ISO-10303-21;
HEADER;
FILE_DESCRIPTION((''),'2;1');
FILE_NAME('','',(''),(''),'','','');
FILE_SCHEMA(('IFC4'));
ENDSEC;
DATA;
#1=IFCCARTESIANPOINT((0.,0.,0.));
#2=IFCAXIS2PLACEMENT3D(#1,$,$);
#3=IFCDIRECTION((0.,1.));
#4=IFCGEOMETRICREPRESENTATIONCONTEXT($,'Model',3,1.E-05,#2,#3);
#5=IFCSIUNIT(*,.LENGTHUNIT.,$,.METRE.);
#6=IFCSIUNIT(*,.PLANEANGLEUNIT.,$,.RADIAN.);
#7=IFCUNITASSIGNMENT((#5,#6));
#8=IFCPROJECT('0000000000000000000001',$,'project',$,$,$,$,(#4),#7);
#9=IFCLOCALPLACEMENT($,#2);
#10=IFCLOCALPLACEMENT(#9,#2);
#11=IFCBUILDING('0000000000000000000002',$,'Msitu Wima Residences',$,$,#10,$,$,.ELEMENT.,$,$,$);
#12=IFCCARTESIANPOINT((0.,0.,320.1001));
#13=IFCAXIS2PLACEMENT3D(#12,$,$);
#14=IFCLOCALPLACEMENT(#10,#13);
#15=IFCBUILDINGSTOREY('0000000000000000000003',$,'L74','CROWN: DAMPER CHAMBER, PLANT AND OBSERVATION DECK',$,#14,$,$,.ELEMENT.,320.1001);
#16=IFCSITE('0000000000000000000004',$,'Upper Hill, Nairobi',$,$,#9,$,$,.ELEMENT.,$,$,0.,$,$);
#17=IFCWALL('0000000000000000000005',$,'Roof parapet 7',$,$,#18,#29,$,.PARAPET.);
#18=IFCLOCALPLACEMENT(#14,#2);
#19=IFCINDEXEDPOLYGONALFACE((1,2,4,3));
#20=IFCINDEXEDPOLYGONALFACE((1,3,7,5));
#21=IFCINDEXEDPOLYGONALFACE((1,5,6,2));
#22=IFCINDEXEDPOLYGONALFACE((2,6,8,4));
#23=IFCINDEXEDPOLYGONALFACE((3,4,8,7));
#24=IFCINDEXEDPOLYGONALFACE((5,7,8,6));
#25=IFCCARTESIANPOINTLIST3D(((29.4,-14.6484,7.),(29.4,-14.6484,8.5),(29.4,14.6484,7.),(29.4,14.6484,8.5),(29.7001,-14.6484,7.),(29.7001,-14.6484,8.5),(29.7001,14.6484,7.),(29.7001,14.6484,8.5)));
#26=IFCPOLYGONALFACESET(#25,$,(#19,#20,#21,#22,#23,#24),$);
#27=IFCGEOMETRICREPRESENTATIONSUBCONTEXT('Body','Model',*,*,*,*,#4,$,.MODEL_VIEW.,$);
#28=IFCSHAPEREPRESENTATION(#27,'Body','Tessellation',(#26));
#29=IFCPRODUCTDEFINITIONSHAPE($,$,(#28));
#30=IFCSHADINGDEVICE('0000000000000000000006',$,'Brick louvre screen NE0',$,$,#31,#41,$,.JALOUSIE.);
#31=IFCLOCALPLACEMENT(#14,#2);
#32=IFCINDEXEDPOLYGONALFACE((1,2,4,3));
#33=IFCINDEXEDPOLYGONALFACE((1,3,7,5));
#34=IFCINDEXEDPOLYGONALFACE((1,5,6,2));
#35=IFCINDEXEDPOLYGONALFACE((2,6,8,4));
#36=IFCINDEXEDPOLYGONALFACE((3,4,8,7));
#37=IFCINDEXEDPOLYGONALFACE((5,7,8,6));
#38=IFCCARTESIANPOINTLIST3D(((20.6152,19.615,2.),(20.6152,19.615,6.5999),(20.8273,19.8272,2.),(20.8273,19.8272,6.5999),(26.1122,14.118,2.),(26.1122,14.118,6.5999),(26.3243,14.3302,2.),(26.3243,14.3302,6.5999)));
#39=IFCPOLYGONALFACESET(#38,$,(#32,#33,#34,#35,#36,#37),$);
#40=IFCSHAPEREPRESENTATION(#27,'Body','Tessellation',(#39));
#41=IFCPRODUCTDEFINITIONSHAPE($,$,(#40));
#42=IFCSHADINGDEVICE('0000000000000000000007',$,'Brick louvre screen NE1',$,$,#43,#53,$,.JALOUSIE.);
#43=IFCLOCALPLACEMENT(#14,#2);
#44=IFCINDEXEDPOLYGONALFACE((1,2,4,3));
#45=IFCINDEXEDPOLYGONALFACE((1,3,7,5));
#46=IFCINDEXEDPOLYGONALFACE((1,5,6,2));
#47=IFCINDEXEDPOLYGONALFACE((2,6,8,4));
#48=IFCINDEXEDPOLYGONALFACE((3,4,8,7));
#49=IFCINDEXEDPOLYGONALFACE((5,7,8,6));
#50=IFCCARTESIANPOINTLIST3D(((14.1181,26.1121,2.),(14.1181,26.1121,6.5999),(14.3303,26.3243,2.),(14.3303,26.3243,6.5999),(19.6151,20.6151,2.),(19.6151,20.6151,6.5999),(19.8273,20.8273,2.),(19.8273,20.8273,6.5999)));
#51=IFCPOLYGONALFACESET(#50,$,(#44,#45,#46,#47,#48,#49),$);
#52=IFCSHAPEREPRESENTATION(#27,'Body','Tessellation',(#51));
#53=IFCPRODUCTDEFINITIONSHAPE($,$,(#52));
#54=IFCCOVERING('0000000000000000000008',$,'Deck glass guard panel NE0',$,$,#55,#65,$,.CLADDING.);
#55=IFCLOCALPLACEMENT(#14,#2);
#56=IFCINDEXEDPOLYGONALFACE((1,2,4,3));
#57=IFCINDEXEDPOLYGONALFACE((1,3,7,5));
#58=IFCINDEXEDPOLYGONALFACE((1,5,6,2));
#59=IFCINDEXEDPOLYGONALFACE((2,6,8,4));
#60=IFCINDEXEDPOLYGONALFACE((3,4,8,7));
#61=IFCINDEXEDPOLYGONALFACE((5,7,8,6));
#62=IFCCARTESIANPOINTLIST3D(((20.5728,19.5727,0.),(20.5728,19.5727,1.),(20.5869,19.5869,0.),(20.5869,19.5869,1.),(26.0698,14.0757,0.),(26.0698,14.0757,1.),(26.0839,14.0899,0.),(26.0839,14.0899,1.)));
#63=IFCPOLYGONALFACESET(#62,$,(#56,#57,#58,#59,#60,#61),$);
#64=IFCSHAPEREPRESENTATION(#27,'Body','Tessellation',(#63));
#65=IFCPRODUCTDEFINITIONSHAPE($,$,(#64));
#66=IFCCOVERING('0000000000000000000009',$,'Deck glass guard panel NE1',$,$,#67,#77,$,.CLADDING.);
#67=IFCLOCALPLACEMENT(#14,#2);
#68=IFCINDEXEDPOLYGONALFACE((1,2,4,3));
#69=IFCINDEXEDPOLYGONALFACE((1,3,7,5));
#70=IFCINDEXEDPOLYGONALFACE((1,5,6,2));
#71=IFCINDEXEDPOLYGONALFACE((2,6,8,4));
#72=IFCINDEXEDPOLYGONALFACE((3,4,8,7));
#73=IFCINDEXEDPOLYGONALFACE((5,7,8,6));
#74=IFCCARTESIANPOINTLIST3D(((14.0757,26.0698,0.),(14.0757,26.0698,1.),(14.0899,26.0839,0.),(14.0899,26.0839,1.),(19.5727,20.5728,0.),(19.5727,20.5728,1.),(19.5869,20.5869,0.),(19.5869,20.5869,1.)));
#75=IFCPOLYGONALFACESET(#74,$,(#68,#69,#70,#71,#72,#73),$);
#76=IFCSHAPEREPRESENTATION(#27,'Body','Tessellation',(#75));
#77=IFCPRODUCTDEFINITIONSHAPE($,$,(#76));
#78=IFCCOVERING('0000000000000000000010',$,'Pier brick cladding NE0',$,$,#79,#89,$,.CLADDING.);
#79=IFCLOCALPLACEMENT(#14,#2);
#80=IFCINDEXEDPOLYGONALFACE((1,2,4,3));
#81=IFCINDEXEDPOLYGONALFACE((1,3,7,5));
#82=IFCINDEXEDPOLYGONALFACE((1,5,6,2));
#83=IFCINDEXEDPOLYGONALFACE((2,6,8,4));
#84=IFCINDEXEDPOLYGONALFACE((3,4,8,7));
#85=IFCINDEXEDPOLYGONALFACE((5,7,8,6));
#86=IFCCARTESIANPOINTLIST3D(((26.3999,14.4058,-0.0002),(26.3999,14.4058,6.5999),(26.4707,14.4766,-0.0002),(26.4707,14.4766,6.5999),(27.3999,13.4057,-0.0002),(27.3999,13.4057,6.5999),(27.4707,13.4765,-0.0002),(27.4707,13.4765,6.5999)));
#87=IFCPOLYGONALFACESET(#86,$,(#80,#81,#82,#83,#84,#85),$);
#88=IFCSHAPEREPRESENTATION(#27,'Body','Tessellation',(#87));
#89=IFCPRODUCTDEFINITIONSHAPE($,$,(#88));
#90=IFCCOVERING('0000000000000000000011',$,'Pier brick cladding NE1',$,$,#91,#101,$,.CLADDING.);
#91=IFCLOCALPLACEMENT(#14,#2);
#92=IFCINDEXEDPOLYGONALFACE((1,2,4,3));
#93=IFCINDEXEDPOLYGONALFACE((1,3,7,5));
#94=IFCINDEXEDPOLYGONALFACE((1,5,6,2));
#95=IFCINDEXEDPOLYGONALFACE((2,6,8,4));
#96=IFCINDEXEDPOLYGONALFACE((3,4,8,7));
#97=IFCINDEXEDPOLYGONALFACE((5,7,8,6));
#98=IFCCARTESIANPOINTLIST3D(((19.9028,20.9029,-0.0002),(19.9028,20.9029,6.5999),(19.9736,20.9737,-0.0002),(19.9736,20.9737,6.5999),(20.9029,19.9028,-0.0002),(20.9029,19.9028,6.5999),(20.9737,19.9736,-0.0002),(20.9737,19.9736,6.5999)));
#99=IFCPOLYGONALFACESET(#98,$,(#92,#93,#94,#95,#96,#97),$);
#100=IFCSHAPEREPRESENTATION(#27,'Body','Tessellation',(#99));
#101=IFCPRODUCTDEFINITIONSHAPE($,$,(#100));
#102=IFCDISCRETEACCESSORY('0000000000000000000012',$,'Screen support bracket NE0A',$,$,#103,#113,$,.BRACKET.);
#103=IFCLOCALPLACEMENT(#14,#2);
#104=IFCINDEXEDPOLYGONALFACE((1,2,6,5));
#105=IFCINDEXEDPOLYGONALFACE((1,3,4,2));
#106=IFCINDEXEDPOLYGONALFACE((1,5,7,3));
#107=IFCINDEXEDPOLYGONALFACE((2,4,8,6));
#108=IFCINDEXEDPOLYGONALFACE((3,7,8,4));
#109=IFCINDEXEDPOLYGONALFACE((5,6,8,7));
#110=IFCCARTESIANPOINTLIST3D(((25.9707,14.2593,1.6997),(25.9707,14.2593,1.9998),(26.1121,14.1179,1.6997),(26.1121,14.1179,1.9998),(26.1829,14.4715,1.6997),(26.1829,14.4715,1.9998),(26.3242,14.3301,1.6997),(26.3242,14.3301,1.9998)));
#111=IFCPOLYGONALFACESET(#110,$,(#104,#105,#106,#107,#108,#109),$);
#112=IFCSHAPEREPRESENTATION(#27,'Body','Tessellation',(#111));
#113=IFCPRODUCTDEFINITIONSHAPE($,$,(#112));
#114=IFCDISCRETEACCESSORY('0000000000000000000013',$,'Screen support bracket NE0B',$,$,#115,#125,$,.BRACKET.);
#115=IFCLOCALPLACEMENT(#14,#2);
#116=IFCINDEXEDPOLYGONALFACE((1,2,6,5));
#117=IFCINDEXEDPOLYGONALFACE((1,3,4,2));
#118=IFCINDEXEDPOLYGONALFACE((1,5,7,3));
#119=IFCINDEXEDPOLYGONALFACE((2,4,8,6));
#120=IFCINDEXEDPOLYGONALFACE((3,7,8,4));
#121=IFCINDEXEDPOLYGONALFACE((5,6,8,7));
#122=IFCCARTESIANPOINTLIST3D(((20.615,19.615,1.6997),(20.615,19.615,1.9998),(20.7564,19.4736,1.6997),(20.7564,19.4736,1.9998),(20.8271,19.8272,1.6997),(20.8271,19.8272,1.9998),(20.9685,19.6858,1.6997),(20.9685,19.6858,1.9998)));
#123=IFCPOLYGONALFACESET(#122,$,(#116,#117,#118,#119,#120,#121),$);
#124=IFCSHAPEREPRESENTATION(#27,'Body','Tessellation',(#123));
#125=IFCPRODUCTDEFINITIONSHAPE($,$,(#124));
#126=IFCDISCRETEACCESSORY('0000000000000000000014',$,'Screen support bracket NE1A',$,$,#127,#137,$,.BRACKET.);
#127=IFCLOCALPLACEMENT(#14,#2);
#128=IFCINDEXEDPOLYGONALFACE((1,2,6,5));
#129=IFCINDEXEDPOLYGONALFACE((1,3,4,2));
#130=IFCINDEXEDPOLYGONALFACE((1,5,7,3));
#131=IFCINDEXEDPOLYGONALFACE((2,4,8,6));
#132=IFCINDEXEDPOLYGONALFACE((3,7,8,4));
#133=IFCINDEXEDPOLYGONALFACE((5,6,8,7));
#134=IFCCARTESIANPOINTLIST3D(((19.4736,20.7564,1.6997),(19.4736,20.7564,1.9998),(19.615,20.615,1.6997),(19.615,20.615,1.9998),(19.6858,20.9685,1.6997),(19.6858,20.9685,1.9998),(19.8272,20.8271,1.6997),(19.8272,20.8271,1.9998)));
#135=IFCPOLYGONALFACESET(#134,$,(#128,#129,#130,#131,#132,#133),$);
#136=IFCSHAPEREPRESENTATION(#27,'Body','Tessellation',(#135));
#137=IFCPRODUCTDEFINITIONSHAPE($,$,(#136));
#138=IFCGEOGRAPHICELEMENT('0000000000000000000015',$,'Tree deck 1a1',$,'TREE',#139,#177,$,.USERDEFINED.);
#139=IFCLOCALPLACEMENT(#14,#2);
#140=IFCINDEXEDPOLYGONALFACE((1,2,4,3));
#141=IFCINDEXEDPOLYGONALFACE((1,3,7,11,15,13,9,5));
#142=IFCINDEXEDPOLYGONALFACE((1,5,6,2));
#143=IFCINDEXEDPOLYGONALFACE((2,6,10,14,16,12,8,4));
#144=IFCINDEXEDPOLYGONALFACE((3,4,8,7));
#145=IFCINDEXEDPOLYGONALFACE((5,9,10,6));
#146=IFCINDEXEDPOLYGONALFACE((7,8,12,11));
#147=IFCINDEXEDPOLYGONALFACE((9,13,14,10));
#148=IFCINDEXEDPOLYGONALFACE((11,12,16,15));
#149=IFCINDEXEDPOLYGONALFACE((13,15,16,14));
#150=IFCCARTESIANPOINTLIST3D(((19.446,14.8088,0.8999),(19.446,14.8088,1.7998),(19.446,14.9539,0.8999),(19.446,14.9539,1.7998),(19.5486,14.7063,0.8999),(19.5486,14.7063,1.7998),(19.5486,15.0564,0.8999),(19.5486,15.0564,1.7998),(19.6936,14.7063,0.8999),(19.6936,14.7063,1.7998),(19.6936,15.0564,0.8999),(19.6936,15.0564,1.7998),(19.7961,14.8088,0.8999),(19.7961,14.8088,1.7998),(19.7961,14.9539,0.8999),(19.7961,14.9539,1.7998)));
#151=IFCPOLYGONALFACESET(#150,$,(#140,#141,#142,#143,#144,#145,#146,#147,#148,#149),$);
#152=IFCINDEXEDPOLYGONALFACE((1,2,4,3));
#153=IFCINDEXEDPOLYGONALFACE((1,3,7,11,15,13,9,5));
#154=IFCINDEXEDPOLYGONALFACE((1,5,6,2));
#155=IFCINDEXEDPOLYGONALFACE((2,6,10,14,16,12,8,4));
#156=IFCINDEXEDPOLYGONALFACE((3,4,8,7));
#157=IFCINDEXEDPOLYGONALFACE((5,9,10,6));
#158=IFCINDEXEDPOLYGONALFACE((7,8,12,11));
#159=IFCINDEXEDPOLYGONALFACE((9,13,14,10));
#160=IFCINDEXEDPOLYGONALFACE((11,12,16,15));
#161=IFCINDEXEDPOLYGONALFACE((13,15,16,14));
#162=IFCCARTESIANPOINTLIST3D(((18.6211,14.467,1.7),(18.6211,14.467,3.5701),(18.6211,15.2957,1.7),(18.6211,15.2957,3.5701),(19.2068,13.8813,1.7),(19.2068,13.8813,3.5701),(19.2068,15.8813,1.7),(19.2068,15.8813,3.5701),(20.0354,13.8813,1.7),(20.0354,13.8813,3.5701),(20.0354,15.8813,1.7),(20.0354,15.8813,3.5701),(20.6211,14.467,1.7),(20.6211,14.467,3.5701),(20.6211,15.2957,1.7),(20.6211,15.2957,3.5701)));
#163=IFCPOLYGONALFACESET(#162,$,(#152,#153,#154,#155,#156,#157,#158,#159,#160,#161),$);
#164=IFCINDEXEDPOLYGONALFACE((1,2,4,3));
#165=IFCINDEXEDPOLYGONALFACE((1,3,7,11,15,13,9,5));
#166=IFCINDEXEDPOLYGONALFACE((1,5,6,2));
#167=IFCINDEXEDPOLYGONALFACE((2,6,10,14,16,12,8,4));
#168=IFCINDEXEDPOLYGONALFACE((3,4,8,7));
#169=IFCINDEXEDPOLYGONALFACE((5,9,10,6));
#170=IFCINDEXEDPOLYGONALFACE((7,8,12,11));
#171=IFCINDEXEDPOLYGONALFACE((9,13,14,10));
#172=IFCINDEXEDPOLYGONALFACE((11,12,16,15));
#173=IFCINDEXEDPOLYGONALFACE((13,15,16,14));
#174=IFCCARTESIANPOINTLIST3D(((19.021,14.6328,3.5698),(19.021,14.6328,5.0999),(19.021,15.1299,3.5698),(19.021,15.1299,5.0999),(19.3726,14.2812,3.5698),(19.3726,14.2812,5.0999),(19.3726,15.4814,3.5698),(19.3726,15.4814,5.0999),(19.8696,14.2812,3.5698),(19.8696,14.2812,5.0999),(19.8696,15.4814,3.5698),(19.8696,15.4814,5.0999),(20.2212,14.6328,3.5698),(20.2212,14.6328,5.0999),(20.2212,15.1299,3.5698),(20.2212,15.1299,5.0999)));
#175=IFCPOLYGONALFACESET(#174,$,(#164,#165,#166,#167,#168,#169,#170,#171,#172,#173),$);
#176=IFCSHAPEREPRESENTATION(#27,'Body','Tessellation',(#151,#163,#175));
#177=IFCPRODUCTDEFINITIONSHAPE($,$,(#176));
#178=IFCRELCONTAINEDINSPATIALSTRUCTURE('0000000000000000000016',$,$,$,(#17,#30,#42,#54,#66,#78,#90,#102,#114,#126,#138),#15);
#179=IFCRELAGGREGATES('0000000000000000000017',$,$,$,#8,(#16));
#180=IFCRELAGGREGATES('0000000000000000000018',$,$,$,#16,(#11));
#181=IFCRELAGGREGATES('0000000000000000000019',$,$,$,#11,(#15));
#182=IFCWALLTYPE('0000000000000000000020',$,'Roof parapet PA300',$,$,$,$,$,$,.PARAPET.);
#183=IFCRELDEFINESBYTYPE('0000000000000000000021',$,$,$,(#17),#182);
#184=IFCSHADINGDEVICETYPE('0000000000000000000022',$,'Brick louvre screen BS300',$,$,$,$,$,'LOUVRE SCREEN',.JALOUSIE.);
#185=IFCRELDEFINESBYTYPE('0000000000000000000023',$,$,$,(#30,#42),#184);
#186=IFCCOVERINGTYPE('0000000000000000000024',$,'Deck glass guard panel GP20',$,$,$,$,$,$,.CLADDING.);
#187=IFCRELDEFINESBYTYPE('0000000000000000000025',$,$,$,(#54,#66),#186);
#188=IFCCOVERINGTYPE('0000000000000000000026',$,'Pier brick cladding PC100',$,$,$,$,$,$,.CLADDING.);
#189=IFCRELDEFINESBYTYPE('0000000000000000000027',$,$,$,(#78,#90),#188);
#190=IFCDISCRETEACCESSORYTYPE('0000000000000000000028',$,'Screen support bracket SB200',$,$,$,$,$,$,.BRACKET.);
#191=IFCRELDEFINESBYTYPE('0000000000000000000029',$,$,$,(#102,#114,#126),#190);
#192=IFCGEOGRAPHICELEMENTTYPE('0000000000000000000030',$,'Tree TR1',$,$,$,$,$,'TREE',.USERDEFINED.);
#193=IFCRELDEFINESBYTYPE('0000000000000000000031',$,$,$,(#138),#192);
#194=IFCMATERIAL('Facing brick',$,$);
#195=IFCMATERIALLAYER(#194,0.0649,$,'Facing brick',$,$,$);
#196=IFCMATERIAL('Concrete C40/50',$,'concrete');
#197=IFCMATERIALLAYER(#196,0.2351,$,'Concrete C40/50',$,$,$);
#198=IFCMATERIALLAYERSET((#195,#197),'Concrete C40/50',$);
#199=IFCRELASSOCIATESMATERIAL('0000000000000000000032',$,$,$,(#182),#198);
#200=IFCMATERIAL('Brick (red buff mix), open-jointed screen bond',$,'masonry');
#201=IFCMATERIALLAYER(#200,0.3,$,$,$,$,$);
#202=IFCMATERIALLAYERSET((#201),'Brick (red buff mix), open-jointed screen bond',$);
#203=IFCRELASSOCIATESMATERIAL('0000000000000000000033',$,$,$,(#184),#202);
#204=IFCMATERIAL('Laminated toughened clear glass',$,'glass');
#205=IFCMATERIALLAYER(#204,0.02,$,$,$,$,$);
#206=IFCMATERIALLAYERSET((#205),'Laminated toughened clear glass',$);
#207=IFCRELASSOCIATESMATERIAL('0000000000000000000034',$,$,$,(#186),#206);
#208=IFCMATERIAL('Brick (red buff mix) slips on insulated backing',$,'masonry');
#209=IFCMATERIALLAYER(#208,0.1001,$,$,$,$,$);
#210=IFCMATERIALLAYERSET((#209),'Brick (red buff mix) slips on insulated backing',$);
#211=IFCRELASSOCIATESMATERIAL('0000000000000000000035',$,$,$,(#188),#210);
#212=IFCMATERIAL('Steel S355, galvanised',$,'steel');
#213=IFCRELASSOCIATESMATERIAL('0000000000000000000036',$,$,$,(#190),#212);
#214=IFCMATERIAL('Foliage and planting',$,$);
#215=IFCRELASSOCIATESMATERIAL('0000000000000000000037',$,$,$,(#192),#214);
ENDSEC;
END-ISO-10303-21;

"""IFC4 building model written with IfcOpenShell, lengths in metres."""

from ifc_helpers import new_model, si_unit, direction, frame, frame_2d, origin, origin_2d, place, context, subcontext, project, spatial, polyline, rectangle, outline, extrude, material, layer, layer_set, type_object, element, save


model = new_model("IFC4")

# Units and contexts
model_context = context("Model", 3, precision=1e-05, world=origin(), true_north=direction((0.0, 1.0)))
body_context = subcontext(model_context, "Body", "Model", "MODEL_VIEW")
ifc_project = project(units=[si_unit("LENGTHUNIT", "METRE"), si_unit("PLANEANGLEUNIT", "RADIAN")], contexts=[model_context])

# Site, building, storey
site_placement = place(None, origin())
site = spatial("IfcSite", under=ifc_project, at=site_placement, Name="Upper Hill, Nairobi", CompositionType="ELEMENT", RefElevation=0.0)
building_placement = place(site_placement, origin())
building = spatial("IfcBuilding", under=site, at=building_placement, Name="Msitu Wima Residences", CompositionType="ELEMENT")
storey_placement = place(building_placement, frame((0.0, 0.0, 320.1001)))
storey = spatial("IfcBuildingStorey", under=building, at=storey_placement, Name="L74", Description="CROWN: DAMPER CHAMBER, PLANT AND OBSERVATION DECK", CompositionType="ELEMENT", Elevation=320.1001)

# Wall
ifc_material_1 = material(Name="Facing brick")
ifc_layer_1 = layer(ifc_material_1, 0.0649, Name="Facing brick")
ifc_material_2 = material(Name="Concrete C40/50", Category="concrete")
ifc_layer_2 = layer(ifc_material_2, 0.2351, Name="Concrete C40/50")
ifc_layer_set_1 = layer_set([ifc_layer_1, ifc_layer_2], Name="Concrete C40/50")
wall_type = type_object("IfcWallType", Name="Roof parapet PA300", PredefinedType="PARAPET", material=ifc_layer_set_1)
wall_placement = place(storey_placement, frame((29.55, 14.6484, 7.0), z_axis=(0.0, 0.0, 1.0), x_axis=(0.0, -1.0, 0.0)))
element("IfcWall", 1, at=wall_placement, inside=storey, type_object=wall_type, Name="Roof parapet 7", PredefinedType="PARAPET", context=body_context, shape_type="SweptSolid", body=[
    extrude(rectangle(XDim=29.2969, YDim=0.3, at=frame_2d((14.6484, 0.0))), origin(), (0.0, 0.0, 1.0), 1.5),
])

# Shading devices
ifc_material_3 = material(Name="Brick (red buff mix), open-jointed screen bond", Category="masonry")
ifc_layer_3 = layer(ifc_material_3, 0.3)
ifc_layer_set_2 = layer_set([ifc_layer_3], Name="Brick (red buff mix), open-jointed screen bond")
shading_device_type = type_object("IfcShadingDeviceType", Name="Brick louvre screen BS300", ElementType="LOUVRE SCREEN", PredefinedType="JALOUSIE", material=ifc_layer_set_2)
for number, where, z_axis, x_axis, name in (
    (2, (26.2183, 14.2241, 2.0), (0.0, 0.0, 1.0), (-0.707107, 0.707107, 0.0), "Brick louvre screen NE0"),
    (3, (19.7212, 20.7212, 2.0), (0.0, 0.0, 1.0), (-0.707107, 0.707107, 0.0), "Brick louvre screen NE1"),
):
    element("IfcShadingDevice", number, at=place(storey_placement, frame(where, z_axis=z_axis, x_axis=x_axis)), inside=storey, type_object=shading_device_type, Name=name, PredefinedType="JALOUSIE", context=body_context, shape_type="SweptSolid", body=[
        extrude(rectangle(XDim=7.7739, YDim=0.3, at=frame_2d((3.887, 0.0))), origin(), (0.0, 0.0, 1.0), 4.5999),
    ])

# Coverings
ifc_material_4 = material(Name="Laminated toughened clear glass", Category="glass")
ifc_layer_4 = layer(ifc_material_4, 0.02)
ifc_layer_set_3 = layer_set([ifc_layer_4], Name="Laminated toughened clear glass")
covering_type_1 = type_object("IfcCoveringType", Name="Deck glass guard panel GP20", PredefinedType="CLADDING", material=ifc_layer_set_3)
for number, where, z_axis, x_axis, name in (
    (4, (23.3284, 16.8313, 0.0), (0.0, 0.0, 1.0), (-0.707107, 0.707107, 0.0), "Deck glass guard panel NE0"),
    (5, (16.8313, 23.3284, 0.0), (0.0, 0.0, 1.0), (-0.707107, 0.707107, 0.0), "Deck glass guard panel NE1"),
):
    element("IfcCovering", number, at=place(storey_placement, frame(where, z_axis=z_axis, x_axis=x_axis)), inside=storey, type_object=covering_type_1, Name=name, PredefinedType="CLADDING", context=body_context, shape_type="SweptSolid", body=[
        extrude(rectangle(XDim=7.7739, YDim=0.02, at=origin_2d()), origin(), (0.0, 0.0, 1.0), 1.0),
    ])
ifc_material_5 = material(Name="Brick (red buff mix) slips on insulated backing", Category="masonry")
ifc_layer_5 = layer(ifc_material_5, 0.1001)
ifc_layer_set_4 = layer_set([ifc_layer_5], Name="Brick (red buff mix) slips on insulated backing")
covering_type_2 = type_object("IfcCoveringType", Name="Pier brick cladding PC100", PredefinedType="CLADDING", material=ifc_layer_set_4)
for number, where, z_axis, x_axis, name in (
    (6, (26.9353, 13.9412, -0.0002), (0.0, 0.0, 1.0), (-0.707107, 0.707107, 0.0), "Pier brick cladding NE0"),
    (7, (20.4382, 20.4382, -0.0002), (0.0, 0.0, 1.0), (-0.707107, 0.707107, 0.0), "Pier brick cladding NE1"),
):
    element("IfcCovering", number, at=place(storey_placement, frame(where, z_axis=z_axis, x_axis=x_axis)), inside=storey, type_object=covering_type_2, Name=name, PredefinedType="CLADDING", context=body_context, shape_type="SweptSolid", body=[
        extrude(rectangle(XDim=1.4143, YDim=0.1001, at=origin_2d()), origin(), (0.0, 0.0, 1.0), 6.6001),
    ])

# Discrete accessories
ifc_material_6 = material(Name="Steel S355, galvanised", Category="steel")
discrete_accessory_type = type_object("IfcDiscreteAccessoryType", Name="Screen support bracket SB200", PredefinedType="BRACKET", material=ifc_material_6)
for number, where, z_axis, x_axis, name in (
    (8, (26.1475, 14.2947, 1.6997), (0.0, 0.0, 1.0), (-0.707107, 0.707107, 0.0), "Screen support bracket NE0A"),
    (9, (20.7917, 19.6504, 1.6997), (0.0, 0.0, 1.0), (-0.707107, 0.707107, 0.0), "Screen support bracket NE0B"),
    (10, (19.6504, 20.7917, 1.6997), (0.0, 0.0, 1.0), (-0.707107, 0.707107, 0.0), "Screen support bracket NE1A"),
):
    element("IfcDiscreteAccessory", number, at=place(storey_placement, frame(where, z_axis=z_axis, x_axis=x_axis)), inside=storey, type_object=discrete_accessory_type, Name=name, PredefinedType="BRACKET", context=body_context, shape_type="SweptSolid", body=[
        extrude(rectangle(XDim=0.2, YDim=0.3, at=origin_2d()), origin(), (0.0, 0.0, 1.0), 0.3),
    ])

# Geographic element
ifc_material_7 = material(Name="Foliage and planting")
geographic_element_type = type_object("IfcGeographicElementType", Name="Tree TR1", ElementType="TREE", PredefinedType="USERDEFINED", material=ifc_material_7)
geographic_element_placement = place(storey_placement, frame((19.6211, 14.8813, 0.8999), z_axis=(0.0, 0.0, 1.0), x_axis=(1.0, 0.0, 0.0)))
element("IfcGeographicElement", 11, at=geographic_element_placement, inside=storey, type_object=geographic_element_type, Name="Tree deck 1a1", ObjectType="TREE", PredefinedType="USERDEFINED", context=body_context, shape_type="SweptSolid", body=[
    extrude(outline(polyline([(0.175, 0.0725), (0.0725, 0.175), (-0.0725, 0.175), (-0.175, 0.0725), (-0.175, -0.0725), (-0.0725, -0.175), (0.0725, -0.175), (0.175, -0.0725), (0.175, 0.0725)])), origin(), (0.0, 0.0, 1.0), 0.8999),
    extrude(outline(polyline([(1.0, 0.4143), (0.4143, 1.0), (-0.4143, 1.0), (-1.0, 0.4143), (-1.0, -0.4143), (-0.4143, -1.0), (0.4143, -1.0), (1.0, -0.4143), (1.0, 0.4143)])), frame((0.0, 0.0, 0.8)), (0.0, 0.0, 1.0), 1.8701),
    extrude(outline(polyline([(0.6001, 0.2485), (0.2485, 0.6001), (-0.2485, 0.6001), (-0.6001, 0.2485), (-0.6001, -0.2485), (-0.2485, -0.6001), (0.2485, -0.6001), (0.6001, -0.2485), (0.6001, 0.2485)])), frame((0.0, 0.0, 2.6699)), (0.0, 0.0, 1.0), 1.53),
])

save(model, "model.ifc")
